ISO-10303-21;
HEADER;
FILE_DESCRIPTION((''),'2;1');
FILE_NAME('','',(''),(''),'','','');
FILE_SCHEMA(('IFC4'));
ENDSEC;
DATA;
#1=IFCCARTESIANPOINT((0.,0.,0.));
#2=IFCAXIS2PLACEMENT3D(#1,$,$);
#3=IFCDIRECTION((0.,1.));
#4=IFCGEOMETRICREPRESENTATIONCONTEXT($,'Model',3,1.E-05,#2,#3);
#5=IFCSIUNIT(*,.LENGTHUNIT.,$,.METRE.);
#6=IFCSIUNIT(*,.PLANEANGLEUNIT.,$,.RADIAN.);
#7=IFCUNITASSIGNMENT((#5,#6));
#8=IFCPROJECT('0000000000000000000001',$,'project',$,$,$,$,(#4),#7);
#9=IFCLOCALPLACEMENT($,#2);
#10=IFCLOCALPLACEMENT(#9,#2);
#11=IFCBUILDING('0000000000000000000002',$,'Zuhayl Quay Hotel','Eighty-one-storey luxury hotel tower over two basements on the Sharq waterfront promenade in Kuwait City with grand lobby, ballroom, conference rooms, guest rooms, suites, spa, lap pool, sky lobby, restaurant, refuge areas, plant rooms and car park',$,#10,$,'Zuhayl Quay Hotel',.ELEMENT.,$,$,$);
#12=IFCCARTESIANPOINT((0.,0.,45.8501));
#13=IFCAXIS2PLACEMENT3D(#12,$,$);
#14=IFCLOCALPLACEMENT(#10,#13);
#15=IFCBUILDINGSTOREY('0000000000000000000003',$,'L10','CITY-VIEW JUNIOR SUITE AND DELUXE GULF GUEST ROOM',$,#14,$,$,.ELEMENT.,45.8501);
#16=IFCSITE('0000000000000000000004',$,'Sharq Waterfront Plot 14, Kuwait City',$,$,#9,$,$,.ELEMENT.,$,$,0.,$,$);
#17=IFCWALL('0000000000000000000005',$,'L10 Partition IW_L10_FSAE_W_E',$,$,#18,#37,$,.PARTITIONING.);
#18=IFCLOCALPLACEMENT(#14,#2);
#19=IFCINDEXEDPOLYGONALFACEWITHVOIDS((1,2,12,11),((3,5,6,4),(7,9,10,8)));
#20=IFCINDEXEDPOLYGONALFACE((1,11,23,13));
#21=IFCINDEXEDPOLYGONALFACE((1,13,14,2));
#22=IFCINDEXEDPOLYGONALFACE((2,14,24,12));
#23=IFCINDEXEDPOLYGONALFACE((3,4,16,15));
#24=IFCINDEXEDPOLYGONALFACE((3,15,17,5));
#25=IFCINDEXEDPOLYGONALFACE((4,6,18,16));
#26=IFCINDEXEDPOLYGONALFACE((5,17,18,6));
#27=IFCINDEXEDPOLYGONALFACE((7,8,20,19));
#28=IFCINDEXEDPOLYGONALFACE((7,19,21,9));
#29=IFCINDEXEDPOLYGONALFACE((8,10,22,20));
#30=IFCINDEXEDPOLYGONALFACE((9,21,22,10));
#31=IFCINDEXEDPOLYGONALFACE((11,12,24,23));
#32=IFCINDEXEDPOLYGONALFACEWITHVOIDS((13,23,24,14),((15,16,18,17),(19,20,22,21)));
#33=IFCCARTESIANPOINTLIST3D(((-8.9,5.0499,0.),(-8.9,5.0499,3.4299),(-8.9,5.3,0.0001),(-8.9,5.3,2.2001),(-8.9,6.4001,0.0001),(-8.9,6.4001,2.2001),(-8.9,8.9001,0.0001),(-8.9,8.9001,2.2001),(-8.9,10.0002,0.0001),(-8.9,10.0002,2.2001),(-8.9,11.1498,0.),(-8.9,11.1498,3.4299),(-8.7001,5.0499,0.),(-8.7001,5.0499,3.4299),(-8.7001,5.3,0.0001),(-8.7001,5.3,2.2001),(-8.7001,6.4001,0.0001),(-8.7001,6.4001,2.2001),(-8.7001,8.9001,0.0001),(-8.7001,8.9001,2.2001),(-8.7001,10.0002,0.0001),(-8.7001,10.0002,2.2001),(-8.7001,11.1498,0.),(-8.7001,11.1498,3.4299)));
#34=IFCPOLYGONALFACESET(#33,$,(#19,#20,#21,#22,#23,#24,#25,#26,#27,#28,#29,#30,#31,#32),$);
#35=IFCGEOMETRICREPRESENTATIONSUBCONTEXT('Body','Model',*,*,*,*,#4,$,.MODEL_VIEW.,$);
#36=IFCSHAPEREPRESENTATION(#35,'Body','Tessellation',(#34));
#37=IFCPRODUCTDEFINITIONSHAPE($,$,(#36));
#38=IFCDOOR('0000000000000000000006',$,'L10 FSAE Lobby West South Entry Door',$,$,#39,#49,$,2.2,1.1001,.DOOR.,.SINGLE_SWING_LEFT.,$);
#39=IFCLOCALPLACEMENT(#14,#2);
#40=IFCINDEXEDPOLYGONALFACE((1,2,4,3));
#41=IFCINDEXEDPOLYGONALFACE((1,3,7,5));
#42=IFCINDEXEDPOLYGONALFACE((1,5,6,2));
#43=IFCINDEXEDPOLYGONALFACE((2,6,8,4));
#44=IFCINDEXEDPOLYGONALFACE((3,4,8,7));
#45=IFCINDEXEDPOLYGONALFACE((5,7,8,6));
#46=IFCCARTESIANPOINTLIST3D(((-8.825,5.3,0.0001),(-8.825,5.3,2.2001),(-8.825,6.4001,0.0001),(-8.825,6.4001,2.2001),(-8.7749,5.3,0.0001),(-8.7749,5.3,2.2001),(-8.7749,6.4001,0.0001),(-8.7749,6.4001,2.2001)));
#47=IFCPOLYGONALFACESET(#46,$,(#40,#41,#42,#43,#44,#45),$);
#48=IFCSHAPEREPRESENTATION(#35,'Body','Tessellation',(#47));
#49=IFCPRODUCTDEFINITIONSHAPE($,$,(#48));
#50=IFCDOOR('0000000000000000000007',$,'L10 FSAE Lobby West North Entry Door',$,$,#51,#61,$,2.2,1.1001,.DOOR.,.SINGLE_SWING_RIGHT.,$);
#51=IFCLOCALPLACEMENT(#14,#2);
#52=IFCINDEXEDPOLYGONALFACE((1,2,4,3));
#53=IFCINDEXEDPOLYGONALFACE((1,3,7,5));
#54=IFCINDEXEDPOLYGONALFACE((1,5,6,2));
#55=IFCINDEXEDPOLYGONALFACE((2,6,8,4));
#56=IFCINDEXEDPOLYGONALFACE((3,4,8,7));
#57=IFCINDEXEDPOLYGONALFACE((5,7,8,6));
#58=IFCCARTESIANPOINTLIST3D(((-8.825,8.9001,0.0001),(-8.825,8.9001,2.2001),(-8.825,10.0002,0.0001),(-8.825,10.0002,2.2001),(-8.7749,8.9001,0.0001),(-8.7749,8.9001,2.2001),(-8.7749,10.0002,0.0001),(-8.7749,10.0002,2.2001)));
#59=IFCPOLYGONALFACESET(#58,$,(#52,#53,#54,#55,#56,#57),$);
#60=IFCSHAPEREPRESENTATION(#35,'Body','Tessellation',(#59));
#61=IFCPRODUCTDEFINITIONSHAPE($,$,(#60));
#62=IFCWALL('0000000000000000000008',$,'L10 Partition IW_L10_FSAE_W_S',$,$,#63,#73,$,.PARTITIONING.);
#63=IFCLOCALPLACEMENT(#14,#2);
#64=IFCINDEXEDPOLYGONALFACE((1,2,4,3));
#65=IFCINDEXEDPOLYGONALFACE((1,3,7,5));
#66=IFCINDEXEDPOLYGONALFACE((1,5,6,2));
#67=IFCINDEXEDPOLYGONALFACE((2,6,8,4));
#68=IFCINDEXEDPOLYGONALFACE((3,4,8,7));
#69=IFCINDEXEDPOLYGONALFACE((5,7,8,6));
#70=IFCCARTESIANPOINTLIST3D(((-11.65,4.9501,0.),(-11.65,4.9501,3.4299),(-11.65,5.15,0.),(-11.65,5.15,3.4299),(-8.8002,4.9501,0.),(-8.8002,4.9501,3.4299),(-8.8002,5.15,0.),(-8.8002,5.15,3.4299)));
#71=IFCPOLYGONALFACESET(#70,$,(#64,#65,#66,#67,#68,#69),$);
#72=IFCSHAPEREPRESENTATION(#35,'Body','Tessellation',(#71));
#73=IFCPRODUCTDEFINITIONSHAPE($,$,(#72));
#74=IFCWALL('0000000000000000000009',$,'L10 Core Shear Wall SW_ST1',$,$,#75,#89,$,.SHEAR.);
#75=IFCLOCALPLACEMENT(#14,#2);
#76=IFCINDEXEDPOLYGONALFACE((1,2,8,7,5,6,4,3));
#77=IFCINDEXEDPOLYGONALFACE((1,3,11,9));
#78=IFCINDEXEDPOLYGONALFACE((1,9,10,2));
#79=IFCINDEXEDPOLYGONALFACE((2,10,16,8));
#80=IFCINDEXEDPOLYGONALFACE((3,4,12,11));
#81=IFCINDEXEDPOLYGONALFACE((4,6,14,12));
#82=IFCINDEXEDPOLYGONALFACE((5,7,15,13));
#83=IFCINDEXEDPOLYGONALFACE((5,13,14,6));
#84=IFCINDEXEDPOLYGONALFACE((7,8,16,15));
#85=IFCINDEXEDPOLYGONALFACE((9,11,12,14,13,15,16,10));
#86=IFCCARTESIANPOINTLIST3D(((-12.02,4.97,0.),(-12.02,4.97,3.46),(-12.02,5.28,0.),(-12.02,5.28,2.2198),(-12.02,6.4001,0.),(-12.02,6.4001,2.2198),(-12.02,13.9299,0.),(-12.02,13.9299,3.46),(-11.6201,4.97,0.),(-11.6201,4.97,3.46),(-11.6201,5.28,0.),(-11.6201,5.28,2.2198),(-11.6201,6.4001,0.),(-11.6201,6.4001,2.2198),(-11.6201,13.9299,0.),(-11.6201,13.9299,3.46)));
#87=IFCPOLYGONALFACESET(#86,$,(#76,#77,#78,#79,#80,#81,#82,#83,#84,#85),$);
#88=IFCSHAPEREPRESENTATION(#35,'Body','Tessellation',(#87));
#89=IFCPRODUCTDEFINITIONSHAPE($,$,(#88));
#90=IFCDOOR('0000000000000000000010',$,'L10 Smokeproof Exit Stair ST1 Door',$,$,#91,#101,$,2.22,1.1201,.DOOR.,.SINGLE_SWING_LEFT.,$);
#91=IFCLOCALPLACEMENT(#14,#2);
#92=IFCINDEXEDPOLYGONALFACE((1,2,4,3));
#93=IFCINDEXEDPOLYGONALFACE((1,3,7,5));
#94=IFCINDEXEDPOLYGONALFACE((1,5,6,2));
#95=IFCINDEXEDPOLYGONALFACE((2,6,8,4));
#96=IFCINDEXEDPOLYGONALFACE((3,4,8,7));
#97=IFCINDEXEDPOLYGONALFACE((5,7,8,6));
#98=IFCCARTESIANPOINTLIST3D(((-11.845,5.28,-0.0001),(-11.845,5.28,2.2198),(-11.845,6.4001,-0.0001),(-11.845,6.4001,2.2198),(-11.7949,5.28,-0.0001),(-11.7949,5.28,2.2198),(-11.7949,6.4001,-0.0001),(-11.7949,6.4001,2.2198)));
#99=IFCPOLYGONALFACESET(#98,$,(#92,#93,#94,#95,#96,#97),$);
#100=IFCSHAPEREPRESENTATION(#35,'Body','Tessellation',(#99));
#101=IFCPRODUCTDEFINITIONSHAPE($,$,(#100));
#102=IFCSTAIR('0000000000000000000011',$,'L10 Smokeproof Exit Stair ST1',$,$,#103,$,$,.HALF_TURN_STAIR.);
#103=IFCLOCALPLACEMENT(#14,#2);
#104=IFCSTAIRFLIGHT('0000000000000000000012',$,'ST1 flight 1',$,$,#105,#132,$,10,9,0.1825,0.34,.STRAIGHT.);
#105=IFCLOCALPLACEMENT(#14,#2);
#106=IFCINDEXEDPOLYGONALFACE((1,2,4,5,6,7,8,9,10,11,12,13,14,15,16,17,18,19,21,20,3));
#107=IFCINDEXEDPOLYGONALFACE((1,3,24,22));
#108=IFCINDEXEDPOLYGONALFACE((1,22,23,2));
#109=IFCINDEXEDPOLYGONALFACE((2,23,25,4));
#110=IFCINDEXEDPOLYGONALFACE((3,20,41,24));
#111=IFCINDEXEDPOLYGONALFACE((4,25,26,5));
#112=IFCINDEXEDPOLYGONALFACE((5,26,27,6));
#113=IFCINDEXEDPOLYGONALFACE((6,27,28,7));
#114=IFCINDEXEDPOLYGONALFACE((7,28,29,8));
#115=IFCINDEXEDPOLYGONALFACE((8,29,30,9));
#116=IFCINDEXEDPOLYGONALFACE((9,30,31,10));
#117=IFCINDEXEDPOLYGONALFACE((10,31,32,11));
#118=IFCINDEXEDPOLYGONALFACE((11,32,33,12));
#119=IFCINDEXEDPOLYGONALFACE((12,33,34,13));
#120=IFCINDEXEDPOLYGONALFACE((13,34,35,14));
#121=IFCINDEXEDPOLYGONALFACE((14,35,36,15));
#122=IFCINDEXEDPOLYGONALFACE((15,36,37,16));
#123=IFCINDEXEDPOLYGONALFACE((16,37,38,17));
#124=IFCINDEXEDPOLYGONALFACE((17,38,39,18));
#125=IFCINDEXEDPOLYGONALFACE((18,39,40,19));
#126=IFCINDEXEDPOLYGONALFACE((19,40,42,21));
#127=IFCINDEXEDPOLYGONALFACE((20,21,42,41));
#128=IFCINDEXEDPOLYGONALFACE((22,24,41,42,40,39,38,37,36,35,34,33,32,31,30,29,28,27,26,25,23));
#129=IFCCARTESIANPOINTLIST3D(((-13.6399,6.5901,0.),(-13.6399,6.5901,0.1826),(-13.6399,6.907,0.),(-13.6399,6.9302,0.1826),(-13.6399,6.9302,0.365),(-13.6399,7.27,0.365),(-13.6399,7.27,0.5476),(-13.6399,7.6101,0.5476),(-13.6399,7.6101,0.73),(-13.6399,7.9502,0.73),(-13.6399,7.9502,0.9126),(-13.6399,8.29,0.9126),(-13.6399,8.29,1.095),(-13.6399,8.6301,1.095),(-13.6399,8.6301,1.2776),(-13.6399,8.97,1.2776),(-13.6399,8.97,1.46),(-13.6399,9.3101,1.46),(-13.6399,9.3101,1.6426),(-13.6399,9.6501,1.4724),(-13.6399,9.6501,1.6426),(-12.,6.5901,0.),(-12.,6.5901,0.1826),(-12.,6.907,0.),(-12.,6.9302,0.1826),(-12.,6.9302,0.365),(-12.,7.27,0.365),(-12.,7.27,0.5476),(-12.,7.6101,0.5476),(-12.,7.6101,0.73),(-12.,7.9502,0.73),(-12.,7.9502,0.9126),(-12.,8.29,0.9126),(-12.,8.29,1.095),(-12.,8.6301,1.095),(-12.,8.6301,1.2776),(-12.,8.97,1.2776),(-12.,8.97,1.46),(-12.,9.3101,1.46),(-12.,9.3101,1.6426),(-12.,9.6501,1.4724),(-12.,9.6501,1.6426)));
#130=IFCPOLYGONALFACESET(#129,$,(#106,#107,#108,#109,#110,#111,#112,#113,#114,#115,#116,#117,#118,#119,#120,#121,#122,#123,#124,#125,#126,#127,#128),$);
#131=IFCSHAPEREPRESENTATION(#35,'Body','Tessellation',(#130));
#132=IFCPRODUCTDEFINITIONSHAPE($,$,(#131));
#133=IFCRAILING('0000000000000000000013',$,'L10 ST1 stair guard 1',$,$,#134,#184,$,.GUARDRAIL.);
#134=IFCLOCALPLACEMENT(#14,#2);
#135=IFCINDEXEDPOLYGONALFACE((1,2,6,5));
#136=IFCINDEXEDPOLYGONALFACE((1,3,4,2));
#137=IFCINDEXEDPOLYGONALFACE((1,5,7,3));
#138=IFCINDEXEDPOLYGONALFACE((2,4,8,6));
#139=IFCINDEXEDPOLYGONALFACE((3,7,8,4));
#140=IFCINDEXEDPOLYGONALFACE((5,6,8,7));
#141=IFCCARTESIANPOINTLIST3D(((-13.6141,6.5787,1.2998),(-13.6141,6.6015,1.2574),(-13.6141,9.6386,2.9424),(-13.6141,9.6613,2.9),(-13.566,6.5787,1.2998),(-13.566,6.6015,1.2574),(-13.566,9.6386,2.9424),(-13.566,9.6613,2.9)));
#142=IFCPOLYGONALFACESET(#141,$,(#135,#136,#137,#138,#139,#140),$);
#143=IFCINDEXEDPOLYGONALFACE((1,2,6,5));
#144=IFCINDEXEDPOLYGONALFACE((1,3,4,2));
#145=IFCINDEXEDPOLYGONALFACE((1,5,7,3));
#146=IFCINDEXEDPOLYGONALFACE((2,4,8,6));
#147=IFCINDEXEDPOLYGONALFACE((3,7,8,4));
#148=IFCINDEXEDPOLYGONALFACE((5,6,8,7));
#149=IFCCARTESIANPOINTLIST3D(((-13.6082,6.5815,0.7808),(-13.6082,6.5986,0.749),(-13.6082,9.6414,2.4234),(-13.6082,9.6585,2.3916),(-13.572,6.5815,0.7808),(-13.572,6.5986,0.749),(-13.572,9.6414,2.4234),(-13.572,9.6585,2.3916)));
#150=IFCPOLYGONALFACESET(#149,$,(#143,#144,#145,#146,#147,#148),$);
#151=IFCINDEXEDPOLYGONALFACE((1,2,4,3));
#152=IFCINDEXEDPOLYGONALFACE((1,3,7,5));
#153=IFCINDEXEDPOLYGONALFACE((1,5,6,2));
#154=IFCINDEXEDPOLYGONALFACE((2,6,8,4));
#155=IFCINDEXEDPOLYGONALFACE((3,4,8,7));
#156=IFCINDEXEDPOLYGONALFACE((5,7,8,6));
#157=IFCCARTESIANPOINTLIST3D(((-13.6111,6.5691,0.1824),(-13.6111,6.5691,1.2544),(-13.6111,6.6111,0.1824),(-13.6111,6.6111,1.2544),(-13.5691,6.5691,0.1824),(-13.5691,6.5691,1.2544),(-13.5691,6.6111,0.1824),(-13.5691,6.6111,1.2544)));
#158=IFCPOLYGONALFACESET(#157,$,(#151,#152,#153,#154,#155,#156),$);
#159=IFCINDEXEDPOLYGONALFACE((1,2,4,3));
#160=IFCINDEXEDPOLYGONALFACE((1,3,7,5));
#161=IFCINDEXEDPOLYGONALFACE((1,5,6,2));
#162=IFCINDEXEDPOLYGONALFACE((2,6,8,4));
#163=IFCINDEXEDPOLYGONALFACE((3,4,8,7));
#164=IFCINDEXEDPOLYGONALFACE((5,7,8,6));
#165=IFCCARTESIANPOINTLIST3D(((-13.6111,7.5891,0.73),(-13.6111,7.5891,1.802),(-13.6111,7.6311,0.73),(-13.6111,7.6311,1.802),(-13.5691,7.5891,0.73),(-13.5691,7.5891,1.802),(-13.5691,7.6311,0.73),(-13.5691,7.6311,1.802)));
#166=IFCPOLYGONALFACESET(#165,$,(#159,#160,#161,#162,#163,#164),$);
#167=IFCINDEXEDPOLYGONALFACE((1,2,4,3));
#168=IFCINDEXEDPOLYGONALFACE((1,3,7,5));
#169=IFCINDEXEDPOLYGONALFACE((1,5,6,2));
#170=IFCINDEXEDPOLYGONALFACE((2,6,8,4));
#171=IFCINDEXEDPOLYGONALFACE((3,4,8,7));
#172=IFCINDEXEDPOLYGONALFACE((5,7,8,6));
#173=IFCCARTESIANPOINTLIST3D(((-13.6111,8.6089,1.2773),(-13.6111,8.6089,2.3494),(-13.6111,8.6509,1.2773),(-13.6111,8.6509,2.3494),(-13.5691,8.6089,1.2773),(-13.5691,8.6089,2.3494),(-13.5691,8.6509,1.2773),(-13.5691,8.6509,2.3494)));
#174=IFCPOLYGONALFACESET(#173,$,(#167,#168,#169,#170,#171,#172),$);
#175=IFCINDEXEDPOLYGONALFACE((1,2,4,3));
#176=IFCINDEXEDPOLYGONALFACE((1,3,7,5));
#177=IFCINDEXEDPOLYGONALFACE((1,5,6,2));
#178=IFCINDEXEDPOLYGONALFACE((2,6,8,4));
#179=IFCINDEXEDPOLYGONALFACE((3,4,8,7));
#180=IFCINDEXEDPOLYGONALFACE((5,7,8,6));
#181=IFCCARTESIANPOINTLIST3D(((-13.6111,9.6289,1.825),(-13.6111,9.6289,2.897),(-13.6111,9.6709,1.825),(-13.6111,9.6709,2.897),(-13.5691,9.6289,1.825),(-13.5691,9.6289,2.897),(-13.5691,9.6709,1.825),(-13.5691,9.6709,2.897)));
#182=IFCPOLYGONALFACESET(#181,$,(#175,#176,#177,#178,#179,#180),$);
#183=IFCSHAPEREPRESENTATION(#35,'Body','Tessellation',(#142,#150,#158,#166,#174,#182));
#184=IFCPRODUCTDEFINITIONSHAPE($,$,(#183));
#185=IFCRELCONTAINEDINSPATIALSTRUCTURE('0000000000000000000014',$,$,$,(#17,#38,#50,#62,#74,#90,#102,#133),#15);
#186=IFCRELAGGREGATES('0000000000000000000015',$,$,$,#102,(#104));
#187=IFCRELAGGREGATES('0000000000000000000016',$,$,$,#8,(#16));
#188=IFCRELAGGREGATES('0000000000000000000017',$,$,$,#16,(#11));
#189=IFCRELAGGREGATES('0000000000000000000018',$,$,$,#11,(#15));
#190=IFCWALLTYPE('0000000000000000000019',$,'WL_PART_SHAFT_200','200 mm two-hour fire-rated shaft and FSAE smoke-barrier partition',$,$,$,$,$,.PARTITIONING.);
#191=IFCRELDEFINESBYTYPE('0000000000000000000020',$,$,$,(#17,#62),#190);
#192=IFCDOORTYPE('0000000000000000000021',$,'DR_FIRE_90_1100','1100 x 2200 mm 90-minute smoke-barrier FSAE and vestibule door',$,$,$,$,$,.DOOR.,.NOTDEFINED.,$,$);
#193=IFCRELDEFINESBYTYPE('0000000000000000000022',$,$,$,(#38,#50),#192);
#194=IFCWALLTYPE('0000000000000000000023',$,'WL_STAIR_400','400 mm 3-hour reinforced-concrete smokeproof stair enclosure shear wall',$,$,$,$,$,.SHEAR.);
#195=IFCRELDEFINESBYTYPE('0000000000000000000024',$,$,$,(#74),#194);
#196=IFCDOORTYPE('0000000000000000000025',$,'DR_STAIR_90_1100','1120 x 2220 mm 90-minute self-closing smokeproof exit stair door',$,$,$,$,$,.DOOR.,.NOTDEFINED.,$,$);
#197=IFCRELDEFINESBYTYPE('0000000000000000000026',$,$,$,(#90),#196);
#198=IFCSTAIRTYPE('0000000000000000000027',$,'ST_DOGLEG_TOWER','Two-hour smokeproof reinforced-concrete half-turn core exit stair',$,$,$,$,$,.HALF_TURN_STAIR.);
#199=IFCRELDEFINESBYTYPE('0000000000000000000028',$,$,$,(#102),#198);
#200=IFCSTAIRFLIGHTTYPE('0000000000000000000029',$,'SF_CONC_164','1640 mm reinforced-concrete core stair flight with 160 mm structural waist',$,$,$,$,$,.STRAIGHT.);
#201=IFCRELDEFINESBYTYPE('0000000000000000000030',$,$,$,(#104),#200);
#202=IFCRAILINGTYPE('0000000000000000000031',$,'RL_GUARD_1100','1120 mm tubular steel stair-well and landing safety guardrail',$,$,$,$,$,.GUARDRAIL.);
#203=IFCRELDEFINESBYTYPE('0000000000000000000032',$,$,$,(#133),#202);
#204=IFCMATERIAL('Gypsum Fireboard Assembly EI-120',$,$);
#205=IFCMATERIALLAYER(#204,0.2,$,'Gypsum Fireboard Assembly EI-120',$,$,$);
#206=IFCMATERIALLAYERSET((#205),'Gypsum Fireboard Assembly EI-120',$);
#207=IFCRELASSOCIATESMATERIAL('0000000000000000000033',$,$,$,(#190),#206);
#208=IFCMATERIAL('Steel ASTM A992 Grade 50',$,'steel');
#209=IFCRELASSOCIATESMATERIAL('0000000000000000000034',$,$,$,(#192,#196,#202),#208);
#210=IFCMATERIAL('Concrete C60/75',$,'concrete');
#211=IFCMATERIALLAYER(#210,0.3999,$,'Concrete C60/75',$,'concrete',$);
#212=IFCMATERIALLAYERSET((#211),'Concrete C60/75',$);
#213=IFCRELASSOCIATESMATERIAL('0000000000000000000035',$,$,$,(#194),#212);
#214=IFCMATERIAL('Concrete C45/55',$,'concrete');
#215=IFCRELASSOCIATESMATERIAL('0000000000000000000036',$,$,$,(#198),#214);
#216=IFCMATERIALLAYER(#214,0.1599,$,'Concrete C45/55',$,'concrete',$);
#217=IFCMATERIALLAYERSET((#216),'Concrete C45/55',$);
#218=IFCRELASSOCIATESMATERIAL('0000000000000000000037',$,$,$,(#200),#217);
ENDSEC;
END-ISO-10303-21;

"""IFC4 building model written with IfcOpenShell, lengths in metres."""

from ifc_helpers import new_model, si_unit, direction, frame, frame_2d, origin, origin_2d, place, context, subcontext, project, spatial, polyline, rectangle, outline, extrude, material, layer, layer_set, type_object, element, fill, aggregate, save


model = new_model("IFC4")

# Units and contexts
model_context = context("Model", 3, precision=1e-05, world=origin(), true_north=direction((0.0, 1.0)))
body_context = subcontext(model_context, "Body", "Model", "MODEL_VIEW")
ifc_project = project(units=[si_unit("LENGTHUNIT", "METRE"), si_unit("PLANEANGLEUNIT", "RADIAN")], contexts=[model_context])

# Site, building, storey
site_placement = place(None, origin())
site = spatial("IfcSite", under=ifc_project, at=site_placement, Name="Sharq Waterfront Plot 14, Kuwait City", CompositionType="ELEMENT", RefElevation=0.0)
building_placement = place(site_placement, origin())
building = spatial("IfcBuilding", under=site, at=building_placement, Name="Zuhayl Quay Hotel", Description="Eighty-one-storey luxury hotel tower over two basements on the Sharq waterfront promenade in Kuwait City with grand lobby, ballroom, conference rooms, guest rooms, suites, spa, lap pool, sky lobby, restaurant, refuge areas, plant rooms and car park", LongName="Zuhayl Quay Hotel", CompositionType="ELEMENT")
storey_placement = place(building_placement, frame((0.0, 0.0, 45.8501)))
storey = spatial("IfcBuildingStorey", under=building, at=storey_placement, Name="L10", Description="CITY-VIEW JUNIOR SUITE AND DELUXE GULF GUEST ROOM", CompositionType="ELEMENT", Elevation=45.8501)

# Shared definitions
ifc_material_1 = material(Name="Steel ASTM A992 Grade 50", Category="steel")

# Wall, openings, doors
ifc_material_2 = material(Name="Gypsum Fireboard Assembly EI-120")
ifc_layer_1 = layer(ifc_material_2, 0.2, Name="Gypsum Fireboard Assembly EI-120")
ifc_layer_set_1 = layer_set([ifc_layer_1], Name="Gypsum Fireboard Assembly EI-120")
wall_type_1 = type_object("IfcWallType", Name="WL_PART_SHAFT_200", Description="200 mm two-hour fire-rated shaft and FSAE smoke-barrier partition", PredefinedType="PARTITIONING", material=ifc_layer_set_1)
wall_1_placement = place(storey_placement, frame((-8.8, 5.05, 0.0), z_axis=(0.0, 0.0, 1.0), x_axis=(0.0, 1.0, 0.0)))
wall_1 = element("IfcWall", 1, at=wall_1_placement, inside=storey, type_object=wall_type_1, Name="L10 Partition IW_L10_FSAE_W_E", PredefinedType="PARTITIONING", context=body_context, shape_type="SweptSolid", body=[
    extrude(rectangle(XDim=6.0999, YDim=0.2, at=frame_2d((3.0498, 0.0))), origin(), (0.0, 0.0, 1.0), 3.4299),
])
opening_1_placement = place(wall_1_placement, frame((0.25, 0.0, 0.0)))
opening_1 = element("IfcOpeningElement", 2, at=opening_1_placement, cuts=wall_1, PredefinedType="OPENING", context=body_context, shape_type="SweptSolid", body=[
    extrude(rectangle(XDim=1.1001, YDim=2.2, at=frame_2d((0.55, 1.1001))), frame((0.0, 0.1099, 0.0), z_axis=(0.0, -1.0, 0.0), x_axis=(1.0, 0.0, 0.0)), (0.0, 0.0, 1.0), 0.22),
])
opening_2_placement = place(wall_1_placement, frame((3.8501, 0.0, 0.0)))
opening_2 = element("IfcOpeningElement", 3, at=opening_2_placement, cuts=wall_1, PredefinedType="OPENING", context=body_context, shape_type="SweptSolid", body=[
    extrude(rectangle(XDim=1.1001, YDim=2.2, at=frame_2d((0.55, 1.1001))), frame((0.0, 0.1099, 0.0), z_axis=(0.0, -1.0, 0.0), x_axis=(1.0, 0.0, 0.0)), (0.0, 0.0, 1.0), 0.22),
])
door_type_1 = type_object("IfcDoorType", Name="DR_FIRE_90_1100", Description="1100 x 2200 mm 90-minute smoke-barrier FSAE and vestibule door", OperationType="NOTDEFINED", PredefinedType="DOOR", material=ifc_material_1)
door_1_placement = place(opening_1_placement, origin())
door_1 = element("IfcDoor", 4, at=door_1_placement, inside=storey, type_object=door_type_1, Name="L10 FSAE Lobby West South Entry Door", OperationType="SINGLE_SWING_LEFT", OverallHeight=2.2, OverallWidth=1.1001, PredefinedType="DOOR", context=body_context, shape_type="SweptSolid", body=[
    extrude(rectangle(XDim=1.1001, YDim=2.2, at=frame_2d((0.55, 1.1001))), frame((0.0, 0.0249, 0.0), z_axis=(0.0, -1.0, 0.0), x_axis=(1.0, 0.0, 0.0)), (0.0, 0.0, 1.0), 0.05),
])
fill(opening_1, door_1)
door_2_placement = place(opening_2_placement, origin())
door_2 = element("IfcDoor", 5, at=door_2_placement, inside=storey, type_object=door_type_1, Name="L10 FSAE Lobby West North Entry Door", OperationType="SINGLE_SWING_RIGHT", OverallHeight=2.2, OverallWidth=1.1001, PredefinedType="DOOR", context=body_context, shape_type="SweptSolid", body=[
    extrude(rectangle(XDim=1.1001, YDim=2.2, at=frame_2d((0.55, 1.1001))), frame((0.0, 0.0249, 0.0), z_axis=(0.0, -1.0, 0.0), x_axis=(1.0, 0.0, 0.0)), (0.0, 0.0, 1.0), 0.05),
])
fill(opening_2, door_2)

# Wall
wall_2_placement = place(storey_placement, frame((-11.6499, 5.05, 0.0), z_axis=(0.0, 0.0, 1.0), x_axis=(1.0, 0.0, 0.0)))
element("IfcWall", 6, at=wall_2_placement, inside=storey, type_object=wall_type_1, Name="L10 Partition IW_L10_FSAE_W_S", PredefinedType="PARTITIONING", context=body_context, shape_type="SweptSolid", body=[
    extrude(rectangle(XDim=2.8499, YDim=0.2, at=frame_2d((1.4248, 0.0))), origin(), (0.0, 0.0, 1.0), 3.4299),
])

# Wall, opening, door
ifc_material_3 = material(Name="Concrete C60/75", Category="concrete")
ifc_layer_2 = layer(ifc_material_3, 0.3999, Name="Concrete C60/75", Category="concrete")
ifc_layer_set_2 = layer_set([ifc_layer_2], Name="Concrete C60/75")
wall_type_2 = type_object("IfcWallType", Name="WL_STAIR_400", Description="400 mm 3-hour reinforced-concrete smokeproof stair enclosure shear wall", PredefinedType="SHEAR", material=ifc_layer_set_2)
wall_3_placement = place(storey_placement, frame((-11.8201, 4.97, 0.0), z_axis=(0.0, 0.0, 1.0), x_axis=(0.0, 1.0, 0.0)))
wall_3 = element("IfcWall", 7, at=wall_3_placement, inside=storey, type_object=wall_type_2, Name="L10 Core Shear Wall SW_ST1", PredefinedType="SHEAR", context=body_context, shape_type="SweptSolid", body=[
    extrude(rectangle(XDim=8.96, YDim=0.3999, at=frame_2d((4.48, 0.0))), origin(), (0.0, 0.0, 1.0), 3.46),
])
opening_3_placement = place(wall_3_placement, frame((0.3101, 0.0, 0.0)))
opening_3 = element("IfcOpeningElement", 8, at=opening_3_placement, cuts=wall_3, PredefinedType="OPENING", context=body_context, shape_type="SweptSolid", body=[
    extrude(rectangle(XDim=1.1201, YDim=2.22, at=frame_2d((0.5601, 1.1099))), frame((0.0, 0.21, 0.0), z_axis=(0.0, -1.0, 0.0), x_axis=(1.0, 0.0, 0.0)), (0.0, 0.0, 1.0), 0.4199),
])
door_type_2 = type_object("IfcDoorType", Name="DR_STAIR_90_1100", Description="1120 x 2220 mm 90-minute self-closing smokeproof exit stair door", OperationType="NOTDEFINED", PredefinedType="DOOR", material=ifc_material_1)
door_3_placement = place(opening_3_placement, origin())
door_3 = element("IfcDoor", 9, at=door_3_placement, inside=storey, type_object=door_type_2, Name="L10 Smokeproof Exit Stair ST1 Door", OperationType="SINGLE_SWING_LEFT", OverallHeight=2.22, OverallWidth=1.1201, PredefinedType="DOOR", context=body_context, shape_type="SweptSolid", body=[
    extrude(rectangle(XDim=1.1201, YDim=2.22, at=frame_2d((0.5601, 1.1099))), frame((0.0, 0.0249, 0.0), z_axis=(0.0, -1.0, 0.0), x_axis=(1.0, 0.0, 0.0)), (0.0, 0.0, 1.0), 0.05),
])
fill(opening_3, door_3)

# Stair, stair flight
ifc_material_4 = material(Name="Concrete C45/55", Category="concrete")
stair_type = type_object("IfcStairType", Name="ST_DOGLEG_TOWER", Description="Two-hour smokeproof reinforced-concrete half-turn core exit stair", PredefinedType="HALF_TURN_STAIR", material=ifc_material_4)
stair_placement = place(storey_placement, origin())
stair = element("IfcStair", 10, at=stair_placement, inside=storey, type_object=stair_type, Name="L10 Smokeproof Exit Stair ST1", PredefinedType="HALF_TURN_STAIR")
ifc_layer_3 = layer(ifc_material_4, 0.1599, Name="Concrete C45/55", Category="concrete")
ifc_layer_set_3 = layer_set([ifc_layer_3], Name="Concrete C45/55")
stair_flight_type = type_object("IfcStairFlightType", Name="SF_CONC_164", Description="1640 mm reinforced-concrete core stair flight with 160 mm structural waist", PredefinedType="STRAIGHT", material=ifc_layer_set_3)
stair_flight_placement = place(storey_placement, frame((-12.8201, 6.5901, 0.0), z_axis=(0.0, 0.0, 1.0), x_axis=(0.0, 1.0, 0.0)))
stair_flight = element("IfcStairFlight", 11, at=stair_flight_placement, type_object=stair_flight_type, Name="ST1 flight 1", NumberOfRisers=10, NumberOfTreads=9, PredefinedType="STRAIGHT", RiserHeight=0.1825, TreadLength=0.34, context=body_context, shape_type="SweptSolid", body=[
    extrude(outline(polyline([(0.0, 0.0), (0.0, 0.1826), (0.3401, 0.1826), (0.3401, 0.365), (0.6799, 0.365), (0.6799, 0.5476), (1.02, 0.5476), (1.02, 0.73), (1.3601, 0.73), (1.3601, 0.9126), (1.7, 0.9126), (1.7, 1.095), (2.04, 1.095), (2.04, 1.2776), (2.3799, 1.2776), (2.3799, 1.46), (2.72, 1.46), (2.72, 1.6426), (3.0601, 1.6426), (3.0601, 1.825), (3.0601, 1.4724), (0.3169, 0.0), (0.0, 0.0)])), frame((0.0, 0.8198, 0.0), z_axis=(0.0, -1.0, 0.0), x_axis=(1.0, 0.0, 0.0)), (0.0, 0.0, 1.0), 1.6399),
])
aggregate(stair, [stair_flight])

# Railing
railing_type_1 = type_object("IfcRailingType", Name="RL_GUARD_1100", Description="1120 mm tubular steel stair-well and landing safety guardrail", PredefinedType="GUARDRAIL", material=ifc_material_1)
railing_1_placement = place(storey_placement, frame((-13.5901, 6.5901, 0.1824)))
element("IfcRailing", 12, at=railing_1_placement, inside=storey, type_object=railing_type_1, Name="L10 ST1 stair guard 1", PredefinedType="GUARDRAIL", context=body_context, shape_type="SweptSolid", body=[
    extrude(rectangle(XDim=0.0481, YDim=0.0481, at=origin_2d()), frame((0.0, 0.0, 1.0962), z_axis=(0.0, 0.881073, 0.47298), x_axis=(-1.0, 0.0, 0.0)), (0.0, 0.0, 1.0), 3.4729),
    extrude(rectangle(XDim=0.0361, YDim=0.0361, at=origin_2d()), frame((0.0, 0.0, 0.5825), z_axis=(0.0, 0.881073, 0.47298), x_axis=(-1.0, 0.0, 0.0)), (0.0, 0.0, 1.0), 3.4729),
    extrude(rectangle(XDim=0.042, YDim=0.042, at=origin_2d()), origin(), (0.0, 0.0, 1.0), 1.072),
    extrude(rectangle(XDim=0.042, YDim=0.042, at=origin_2d()), frame((0.0, 1.02, 0.5476)), (0.0, 0.0, 1.0), 1.072),
    extrude(rectangle(XDim=0.042, YDim=0.042, at=origin_2d()), frame((0.0, 2.0398, 1.095)), (0.0, 0.0, 1.0), 1.072),
    extrude(rectangle(XDim=0.042, YDim=0.042, at=origin_2d()), frame((0.0, 3.0598, 1.6426)), (0.0, 0.0, 1.0), 1.072),
])

save(model, "model.ifc")
